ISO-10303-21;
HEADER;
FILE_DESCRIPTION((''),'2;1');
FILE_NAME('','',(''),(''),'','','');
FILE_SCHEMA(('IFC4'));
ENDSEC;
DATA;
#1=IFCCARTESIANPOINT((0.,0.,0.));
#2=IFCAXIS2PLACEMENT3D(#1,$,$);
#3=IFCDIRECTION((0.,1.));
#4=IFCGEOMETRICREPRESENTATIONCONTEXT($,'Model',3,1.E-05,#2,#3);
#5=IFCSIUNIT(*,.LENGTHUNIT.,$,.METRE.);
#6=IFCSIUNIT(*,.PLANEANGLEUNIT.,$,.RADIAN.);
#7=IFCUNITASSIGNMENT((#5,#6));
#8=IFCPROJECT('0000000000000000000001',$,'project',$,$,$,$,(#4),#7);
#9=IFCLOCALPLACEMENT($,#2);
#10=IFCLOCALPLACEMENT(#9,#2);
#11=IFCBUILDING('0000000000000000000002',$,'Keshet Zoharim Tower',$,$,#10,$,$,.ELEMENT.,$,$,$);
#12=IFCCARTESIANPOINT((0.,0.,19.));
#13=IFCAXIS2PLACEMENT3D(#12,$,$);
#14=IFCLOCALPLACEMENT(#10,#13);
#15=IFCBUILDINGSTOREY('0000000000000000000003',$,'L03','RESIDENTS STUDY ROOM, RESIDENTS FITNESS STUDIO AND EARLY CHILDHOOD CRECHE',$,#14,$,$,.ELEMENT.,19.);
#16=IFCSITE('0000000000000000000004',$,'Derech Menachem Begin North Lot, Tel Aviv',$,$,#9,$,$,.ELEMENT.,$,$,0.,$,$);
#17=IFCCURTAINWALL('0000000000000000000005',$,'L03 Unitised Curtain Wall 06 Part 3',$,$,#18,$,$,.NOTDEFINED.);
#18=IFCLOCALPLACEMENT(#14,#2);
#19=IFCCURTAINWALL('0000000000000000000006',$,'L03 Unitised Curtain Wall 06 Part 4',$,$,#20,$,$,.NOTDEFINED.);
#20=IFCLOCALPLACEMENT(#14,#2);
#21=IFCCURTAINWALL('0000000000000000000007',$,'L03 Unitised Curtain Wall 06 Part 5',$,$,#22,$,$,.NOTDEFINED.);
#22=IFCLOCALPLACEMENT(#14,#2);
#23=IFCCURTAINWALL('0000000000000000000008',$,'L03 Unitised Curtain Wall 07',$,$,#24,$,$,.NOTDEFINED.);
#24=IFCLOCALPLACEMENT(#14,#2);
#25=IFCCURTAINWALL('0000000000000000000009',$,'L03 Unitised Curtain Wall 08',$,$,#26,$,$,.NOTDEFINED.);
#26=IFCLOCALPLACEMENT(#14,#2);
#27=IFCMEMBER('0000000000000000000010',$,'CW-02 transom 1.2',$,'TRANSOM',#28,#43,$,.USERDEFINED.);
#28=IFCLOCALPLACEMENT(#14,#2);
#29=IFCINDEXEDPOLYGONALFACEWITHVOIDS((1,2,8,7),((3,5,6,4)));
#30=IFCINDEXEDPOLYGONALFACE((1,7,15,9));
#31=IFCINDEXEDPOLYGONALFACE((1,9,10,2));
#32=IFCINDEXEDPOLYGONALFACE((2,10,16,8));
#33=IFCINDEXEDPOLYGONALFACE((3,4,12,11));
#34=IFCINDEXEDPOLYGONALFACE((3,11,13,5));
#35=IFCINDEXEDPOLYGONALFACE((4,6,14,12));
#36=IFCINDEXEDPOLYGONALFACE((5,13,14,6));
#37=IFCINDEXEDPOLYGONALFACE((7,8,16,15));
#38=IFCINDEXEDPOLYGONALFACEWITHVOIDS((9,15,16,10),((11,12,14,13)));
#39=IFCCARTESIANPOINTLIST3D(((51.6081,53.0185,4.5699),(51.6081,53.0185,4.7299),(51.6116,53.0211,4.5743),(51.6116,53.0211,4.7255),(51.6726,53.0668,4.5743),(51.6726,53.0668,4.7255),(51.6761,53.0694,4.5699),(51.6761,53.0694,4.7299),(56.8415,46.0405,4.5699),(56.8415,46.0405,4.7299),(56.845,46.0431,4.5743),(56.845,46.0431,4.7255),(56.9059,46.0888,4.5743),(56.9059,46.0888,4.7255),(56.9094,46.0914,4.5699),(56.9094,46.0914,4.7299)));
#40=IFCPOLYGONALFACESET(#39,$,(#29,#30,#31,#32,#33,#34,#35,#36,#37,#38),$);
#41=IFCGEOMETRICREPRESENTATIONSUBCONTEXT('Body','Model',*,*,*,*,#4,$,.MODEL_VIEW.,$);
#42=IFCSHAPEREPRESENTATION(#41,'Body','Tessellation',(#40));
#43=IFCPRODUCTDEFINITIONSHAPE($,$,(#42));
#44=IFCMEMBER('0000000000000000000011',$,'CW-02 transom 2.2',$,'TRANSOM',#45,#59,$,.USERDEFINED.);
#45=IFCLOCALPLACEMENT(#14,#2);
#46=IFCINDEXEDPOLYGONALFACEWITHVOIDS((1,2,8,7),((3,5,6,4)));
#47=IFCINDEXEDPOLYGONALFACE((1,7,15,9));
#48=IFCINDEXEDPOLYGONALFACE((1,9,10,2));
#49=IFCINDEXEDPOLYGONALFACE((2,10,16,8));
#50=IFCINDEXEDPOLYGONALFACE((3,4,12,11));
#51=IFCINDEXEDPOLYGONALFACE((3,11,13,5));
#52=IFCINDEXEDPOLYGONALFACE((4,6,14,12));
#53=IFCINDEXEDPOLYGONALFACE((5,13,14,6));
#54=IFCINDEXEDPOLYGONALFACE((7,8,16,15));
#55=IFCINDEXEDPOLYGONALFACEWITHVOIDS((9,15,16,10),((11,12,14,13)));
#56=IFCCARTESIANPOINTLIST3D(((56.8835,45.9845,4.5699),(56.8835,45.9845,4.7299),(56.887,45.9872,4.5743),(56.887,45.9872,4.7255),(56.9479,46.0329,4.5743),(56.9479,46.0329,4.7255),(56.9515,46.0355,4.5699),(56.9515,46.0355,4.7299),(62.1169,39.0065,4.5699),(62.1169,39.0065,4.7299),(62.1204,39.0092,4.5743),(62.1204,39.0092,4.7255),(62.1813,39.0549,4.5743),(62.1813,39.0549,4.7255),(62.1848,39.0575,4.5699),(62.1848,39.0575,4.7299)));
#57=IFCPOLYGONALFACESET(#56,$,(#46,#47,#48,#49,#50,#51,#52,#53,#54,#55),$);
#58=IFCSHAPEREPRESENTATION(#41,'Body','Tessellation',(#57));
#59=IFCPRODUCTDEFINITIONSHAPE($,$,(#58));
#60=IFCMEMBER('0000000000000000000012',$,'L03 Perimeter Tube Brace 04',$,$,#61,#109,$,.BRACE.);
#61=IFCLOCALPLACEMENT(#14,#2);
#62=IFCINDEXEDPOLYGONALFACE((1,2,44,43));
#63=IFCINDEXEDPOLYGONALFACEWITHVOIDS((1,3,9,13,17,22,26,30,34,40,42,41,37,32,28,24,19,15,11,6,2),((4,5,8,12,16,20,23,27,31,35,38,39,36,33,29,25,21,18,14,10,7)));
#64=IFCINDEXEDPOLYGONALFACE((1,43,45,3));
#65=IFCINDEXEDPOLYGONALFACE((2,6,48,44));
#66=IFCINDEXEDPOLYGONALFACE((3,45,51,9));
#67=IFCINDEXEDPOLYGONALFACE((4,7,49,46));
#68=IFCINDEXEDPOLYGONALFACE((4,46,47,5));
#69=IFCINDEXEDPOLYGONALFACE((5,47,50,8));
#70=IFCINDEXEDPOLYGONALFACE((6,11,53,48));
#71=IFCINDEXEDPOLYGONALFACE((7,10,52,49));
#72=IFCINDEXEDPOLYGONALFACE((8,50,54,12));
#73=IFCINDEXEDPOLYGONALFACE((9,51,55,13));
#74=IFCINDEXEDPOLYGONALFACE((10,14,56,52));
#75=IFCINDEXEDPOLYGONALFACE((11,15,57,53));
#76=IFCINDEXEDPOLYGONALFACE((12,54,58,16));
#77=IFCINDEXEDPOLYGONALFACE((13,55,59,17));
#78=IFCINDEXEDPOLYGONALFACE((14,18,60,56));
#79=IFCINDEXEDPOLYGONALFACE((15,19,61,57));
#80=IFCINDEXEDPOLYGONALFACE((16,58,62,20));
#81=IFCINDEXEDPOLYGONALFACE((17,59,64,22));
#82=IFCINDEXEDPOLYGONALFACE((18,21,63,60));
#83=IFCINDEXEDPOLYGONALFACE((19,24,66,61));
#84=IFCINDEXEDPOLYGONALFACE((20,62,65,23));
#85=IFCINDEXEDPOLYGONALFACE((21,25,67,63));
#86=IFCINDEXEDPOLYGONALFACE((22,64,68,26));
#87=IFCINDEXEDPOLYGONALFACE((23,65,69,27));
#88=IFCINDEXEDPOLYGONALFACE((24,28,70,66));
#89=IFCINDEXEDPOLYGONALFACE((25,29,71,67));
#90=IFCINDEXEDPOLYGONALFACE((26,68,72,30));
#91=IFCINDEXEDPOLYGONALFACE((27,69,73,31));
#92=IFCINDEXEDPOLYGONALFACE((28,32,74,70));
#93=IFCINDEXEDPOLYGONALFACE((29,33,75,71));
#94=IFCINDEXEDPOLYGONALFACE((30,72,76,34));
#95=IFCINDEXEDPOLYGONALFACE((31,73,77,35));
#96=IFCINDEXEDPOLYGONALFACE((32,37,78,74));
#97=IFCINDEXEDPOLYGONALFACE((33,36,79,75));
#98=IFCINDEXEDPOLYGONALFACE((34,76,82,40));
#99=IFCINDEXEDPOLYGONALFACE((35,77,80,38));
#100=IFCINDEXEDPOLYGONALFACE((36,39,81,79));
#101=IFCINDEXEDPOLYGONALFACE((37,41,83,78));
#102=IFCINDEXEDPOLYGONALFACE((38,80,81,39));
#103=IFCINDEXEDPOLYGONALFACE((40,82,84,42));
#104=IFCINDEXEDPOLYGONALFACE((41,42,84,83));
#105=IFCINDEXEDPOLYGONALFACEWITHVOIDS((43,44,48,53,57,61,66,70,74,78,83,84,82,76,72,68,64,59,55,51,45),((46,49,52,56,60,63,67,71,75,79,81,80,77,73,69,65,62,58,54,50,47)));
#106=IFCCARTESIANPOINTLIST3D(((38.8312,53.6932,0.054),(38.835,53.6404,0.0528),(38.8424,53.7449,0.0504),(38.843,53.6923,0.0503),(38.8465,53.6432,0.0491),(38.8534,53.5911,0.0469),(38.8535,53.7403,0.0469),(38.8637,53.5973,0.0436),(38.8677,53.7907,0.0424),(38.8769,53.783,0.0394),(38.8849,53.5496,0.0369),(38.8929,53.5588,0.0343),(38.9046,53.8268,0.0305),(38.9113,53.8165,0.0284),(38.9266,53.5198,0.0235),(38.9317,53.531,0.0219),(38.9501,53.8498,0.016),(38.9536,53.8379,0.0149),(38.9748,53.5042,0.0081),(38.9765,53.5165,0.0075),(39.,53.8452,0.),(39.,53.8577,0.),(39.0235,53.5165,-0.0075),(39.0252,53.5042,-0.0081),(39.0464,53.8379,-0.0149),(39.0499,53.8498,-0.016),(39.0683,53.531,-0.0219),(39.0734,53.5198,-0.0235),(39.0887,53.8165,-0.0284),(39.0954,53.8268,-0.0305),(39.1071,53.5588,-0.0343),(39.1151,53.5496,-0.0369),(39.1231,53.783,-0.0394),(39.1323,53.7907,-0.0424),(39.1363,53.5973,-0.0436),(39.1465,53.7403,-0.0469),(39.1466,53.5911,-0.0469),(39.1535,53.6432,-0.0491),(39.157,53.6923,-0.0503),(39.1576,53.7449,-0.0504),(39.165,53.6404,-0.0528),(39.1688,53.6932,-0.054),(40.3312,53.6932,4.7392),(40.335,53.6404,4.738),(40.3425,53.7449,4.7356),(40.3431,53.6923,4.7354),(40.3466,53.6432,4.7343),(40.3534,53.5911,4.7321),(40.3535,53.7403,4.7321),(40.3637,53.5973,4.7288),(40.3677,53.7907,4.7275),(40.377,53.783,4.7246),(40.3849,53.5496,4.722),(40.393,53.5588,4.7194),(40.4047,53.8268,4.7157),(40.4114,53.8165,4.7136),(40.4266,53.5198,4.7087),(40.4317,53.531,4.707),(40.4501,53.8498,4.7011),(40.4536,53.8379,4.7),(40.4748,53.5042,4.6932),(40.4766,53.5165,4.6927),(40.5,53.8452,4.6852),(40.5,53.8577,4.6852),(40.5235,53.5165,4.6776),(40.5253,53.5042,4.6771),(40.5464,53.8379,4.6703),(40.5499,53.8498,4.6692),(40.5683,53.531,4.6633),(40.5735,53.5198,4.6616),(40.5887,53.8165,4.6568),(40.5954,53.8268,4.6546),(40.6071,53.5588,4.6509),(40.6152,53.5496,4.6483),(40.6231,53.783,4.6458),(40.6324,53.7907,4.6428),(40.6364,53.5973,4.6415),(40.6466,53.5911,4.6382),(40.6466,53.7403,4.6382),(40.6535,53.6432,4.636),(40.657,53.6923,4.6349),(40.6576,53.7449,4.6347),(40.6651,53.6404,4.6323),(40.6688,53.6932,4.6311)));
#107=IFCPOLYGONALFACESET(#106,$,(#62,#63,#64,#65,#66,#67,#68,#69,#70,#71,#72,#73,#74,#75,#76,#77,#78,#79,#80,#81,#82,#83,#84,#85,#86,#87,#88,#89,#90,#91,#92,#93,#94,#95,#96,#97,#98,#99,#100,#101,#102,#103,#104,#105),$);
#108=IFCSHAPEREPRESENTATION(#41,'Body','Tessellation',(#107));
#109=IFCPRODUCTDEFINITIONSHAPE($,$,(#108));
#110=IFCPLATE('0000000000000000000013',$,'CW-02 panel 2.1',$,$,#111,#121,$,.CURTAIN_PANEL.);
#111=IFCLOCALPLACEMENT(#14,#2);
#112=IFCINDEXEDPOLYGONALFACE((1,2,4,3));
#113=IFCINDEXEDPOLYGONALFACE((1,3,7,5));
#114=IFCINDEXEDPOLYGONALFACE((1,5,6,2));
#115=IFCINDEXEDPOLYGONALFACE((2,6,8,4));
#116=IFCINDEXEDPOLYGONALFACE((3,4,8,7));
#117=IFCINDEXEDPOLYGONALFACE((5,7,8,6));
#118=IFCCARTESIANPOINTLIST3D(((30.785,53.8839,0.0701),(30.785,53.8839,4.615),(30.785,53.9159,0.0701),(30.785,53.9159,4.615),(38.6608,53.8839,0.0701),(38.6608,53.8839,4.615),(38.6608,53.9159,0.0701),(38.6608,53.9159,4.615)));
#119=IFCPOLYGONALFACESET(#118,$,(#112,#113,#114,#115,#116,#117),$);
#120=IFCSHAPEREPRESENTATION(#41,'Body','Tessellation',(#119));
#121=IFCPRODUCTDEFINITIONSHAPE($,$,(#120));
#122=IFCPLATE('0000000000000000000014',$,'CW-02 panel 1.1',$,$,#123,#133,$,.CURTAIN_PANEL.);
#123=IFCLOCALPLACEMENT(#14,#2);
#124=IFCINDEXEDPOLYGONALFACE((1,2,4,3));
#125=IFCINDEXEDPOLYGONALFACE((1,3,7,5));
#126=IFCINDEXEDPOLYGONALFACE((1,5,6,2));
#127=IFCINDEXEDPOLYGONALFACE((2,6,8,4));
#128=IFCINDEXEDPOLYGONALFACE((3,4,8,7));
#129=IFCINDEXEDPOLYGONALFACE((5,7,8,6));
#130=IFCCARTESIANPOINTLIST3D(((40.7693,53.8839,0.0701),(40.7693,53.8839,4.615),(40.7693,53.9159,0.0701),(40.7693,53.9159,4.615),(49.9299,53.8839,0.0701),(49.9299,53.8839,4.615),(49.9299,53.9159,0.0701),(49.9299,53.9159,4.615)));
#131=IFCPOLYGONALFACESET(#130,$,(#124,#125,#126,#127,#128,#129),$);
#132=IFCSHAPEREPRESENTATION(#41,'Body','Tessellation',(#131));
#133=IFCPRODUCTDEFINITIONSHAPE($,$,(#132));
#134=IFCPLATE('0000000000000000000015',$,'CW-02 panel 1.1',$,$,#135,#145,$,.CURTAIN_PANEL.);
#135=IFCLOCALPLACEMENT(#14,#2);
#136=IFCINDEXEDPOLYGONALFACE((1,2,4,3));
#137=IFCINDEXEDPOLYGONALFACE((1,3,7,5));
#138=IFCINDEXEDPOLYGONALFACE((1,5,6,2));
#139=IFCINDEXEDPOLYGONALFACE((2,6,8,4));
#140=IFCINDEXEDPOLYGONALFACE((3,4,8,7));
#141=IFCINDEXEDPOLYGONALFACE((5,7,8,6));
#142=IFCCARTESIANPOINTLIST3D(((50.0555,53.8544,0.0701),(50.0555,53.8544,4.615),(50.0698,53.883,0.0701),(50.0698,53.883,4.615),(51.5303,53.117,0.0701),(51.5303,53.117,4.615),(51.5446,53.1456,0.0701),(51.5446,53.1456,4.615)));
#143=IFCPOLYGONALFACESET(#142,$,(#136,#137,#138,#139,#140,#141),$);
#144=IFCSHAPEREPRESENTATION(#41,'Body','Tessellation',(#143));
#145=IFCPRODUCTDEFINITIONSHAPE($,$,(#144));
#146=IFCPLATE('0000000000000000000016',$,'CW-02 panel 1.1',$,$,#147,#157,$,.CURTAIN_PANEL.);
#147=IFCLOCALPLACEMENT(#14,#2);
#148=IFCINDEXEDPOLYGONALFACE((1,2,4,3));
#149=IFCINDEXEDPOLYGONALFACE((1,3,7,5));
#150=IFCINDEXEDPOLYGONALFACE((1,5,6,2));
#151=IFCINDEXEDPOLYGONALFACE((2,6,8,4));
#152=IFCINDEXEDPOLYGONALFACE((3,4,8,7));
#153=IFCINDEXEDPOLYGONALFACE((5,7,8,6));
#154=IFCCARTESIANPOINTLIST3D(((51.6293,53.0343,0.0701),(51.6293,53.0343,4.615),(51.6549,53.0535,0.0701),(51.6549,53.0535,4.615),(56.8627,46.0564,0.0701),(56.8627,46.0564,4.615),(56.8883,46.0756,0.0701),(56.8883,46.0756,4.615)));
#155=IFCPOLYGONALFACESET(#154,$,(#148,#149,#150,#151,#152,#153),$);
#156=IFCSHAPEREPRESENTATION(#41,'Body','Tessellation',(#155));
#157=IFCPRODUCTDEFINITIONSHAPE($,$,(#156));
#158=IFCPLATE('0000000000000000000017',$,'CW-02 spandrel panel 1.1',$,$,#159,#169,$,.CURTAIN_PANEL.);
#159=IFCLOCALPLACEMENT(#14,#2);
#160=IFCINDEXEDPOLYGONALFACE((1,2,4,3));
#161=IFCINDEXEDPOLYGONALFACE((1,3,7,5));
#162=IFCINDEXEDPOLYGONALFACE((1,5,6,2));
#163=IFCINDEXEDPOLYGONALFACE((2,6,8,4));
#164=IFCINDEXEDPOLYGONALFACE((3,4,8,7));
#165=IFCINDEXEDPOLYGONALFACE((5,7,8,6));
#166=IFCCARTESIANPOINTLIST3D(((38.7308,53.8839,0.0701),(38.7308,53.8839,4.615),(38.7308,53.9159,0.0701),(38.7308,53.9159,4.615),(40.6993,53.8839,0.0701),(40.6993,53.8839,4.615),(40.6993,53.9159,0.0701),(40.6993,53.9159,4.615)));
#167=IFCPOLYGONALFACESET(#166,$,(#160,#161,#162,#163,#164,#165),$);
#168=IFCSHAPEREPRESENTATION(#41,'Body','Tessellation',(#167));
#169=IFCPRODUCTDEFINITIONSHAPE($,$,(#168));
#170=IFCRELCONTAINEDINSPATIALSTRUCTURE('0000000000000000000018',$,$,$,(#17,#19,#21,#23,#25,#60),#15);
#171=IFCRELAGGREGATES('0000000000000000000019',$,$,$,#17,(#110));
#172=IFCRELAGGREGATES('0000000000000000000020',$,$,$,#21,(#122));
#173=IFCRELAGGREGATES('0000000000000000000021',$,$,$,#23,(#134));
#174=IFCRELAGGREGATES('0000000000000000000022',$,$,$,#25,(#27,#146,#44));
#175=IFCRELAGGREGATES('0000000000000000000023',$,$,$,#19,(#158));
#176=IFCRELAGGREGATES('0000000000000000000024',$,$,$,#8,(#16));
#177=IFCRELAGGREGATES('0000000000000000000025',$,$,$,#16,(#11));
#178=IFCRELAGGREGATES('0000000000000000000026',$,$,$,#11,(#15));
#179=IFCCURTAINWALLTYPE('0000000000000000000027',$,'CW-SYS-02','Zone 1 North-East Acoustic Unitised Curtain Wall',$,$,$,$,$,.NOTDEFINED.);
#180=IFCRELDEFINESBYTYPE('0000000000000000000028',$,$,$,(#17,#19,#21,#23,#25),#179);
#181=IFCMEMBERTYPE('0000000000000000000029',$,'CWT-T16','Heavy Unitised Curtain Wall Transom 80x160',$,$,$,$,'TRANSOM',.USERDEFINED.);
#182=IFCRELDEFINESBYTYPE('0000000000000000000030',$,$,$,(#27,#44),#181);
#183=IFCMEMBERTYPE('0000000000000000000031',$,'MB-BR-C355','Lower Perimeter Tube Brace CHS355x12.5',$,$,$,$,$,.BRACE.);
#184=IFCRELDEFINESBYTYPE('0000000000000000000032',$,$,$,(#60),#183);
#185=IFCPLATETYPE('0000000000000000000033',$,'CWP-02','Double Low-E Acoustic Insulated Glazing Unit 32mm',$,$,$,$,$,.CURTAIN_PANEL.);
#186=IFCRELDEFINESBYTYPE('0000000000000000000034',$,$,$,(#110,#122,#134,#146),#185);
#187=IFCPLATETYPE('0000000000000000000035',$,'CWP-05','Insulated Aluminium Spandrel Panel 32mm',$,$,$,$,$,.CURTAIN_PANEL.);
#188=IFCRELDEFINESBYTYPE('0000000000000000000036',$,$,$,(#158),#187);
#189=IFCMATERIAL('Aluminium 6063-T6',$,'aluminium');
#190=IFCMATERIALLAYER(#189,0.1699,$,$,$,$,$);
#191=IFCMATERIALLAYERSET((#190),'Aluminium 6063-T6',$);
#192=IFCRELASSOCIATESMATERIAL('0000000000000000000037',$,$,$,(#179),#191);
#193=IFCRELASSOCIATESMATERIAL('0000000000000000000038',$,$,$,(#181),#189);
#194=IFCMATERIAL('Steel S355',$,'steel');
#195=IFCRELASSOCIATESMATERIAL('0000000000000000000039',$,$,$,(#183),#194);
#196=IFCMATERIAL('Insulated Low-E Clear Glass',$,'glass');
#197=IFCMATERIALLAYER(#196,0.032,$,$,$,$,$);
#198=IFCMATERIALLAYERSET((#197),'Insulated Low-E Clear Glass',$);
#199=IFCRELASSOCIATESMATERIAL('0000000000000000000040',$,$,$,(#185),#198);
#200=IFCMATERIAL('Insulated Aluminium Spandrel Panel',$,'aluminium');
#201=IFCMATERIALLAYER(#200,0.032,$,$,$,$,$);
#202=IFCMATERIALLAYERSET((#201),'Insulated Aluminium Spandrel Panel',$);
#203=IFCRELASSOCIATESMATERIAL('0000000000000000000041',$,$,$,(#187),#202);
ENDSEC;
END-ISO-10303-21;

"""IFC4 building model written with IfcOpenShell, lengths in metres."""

from ifc_helpers import new_model, si_unit, direction, frame, origin, origin_2d, place, context, subcontext, project, spatial, rectangle, hollow_rectangle, hollow_circle, extrude, material, layer, layer_set, material_profile, profile_set, type_object, element, aggregate, save


model = new_model("IFC4")

# Units and contexts
model_context = context("Model", 3, precision=1e-05, world=origin(), true_north=direction((0.0, 1.0)))
body_context = subcontext(model_context, "Body", "Model", "MODEL_VIEW")
ifc_project = project(units=[si_unit("LENGTHUNIT", "METRE"), si_unit("PLANEANGLEUNIT", "RADIAN")], contexts=[model_context])

# Site, building, storey
site_placement = place(None, origin())
site = spatial("IfcSite", under=ifc_project, at=site_placement, Name="Derech Menachem Begin North Lot, Tel Aviv", CompositionType="ELEMENT", RefElevation=0.0)
building_placement = place(site_placement, origin())
building = spatial("IfcBuilding", under=site, at=building_placement, Name="Keshet Zoharim Tower", CompositionType="ELEMENT")
storey_placement = place(building_placement, frame((0.0, 0.0, 19.0)))
storey = spatial("IfcBuildingStorey", under=building, at=storey_placement, Name="L03", Description="RESIDENTS STUDY ROOM, RESIDENTS FITNESS STUDIO AND EARLY CHILDHOOD CRECHE", CompositionType="ELEMENT", Elevation=19.0)

# Shared definitions
ifc_material_1 = material(Name="Steel S355", Category="steel")

# Curtain walls
ifc_material_2 = material(Name="Aluminium 6063-T6", Category="aluminium")
ifc_layer_1 = layer(ifc_material_2, 0.1699)
ifc_layer_set_1 = layer_set([ifc_layer_1], Name="Aluminium 6063-T6")
curtain_wall_type = type_object("IfcCurtainWallType", Name="CW-SYS-02", Description="Zone 1 North-East Acoustic Unitised Curtain Wall", PredefinedType="NOTDEFINED", material=ifc_layer_set_1)
curtain_wall_1_placement = place(storey_placement, origin())
curtain_wall_1 = element("IfcCurtainWall", 1, at=curtain_wall_1_placement, inside=storey, type_object=curtain_wall_type, Name="L03 Unitised Curtain Wall 06 Part 3", PredefinedType="NOTDEFINED")
curtain_wall_2_placement = place(storey_placement, origin())
curtain_wall_2 = element("IfcCurtainWall", 2, at=curtain_wall_2_placement, inside=storey, type_object=curtain_wall_type, Name="L03 Unitised Curtain Wall 06 Part 4", PredefinedType="NOTDEFINED")
curtain_wall_3_placement = place(storey_placement, origin())
curtain_wall_3 = element("IfcCurtainWall", 3, at=curtain_wall_3_placement, inside=storey, type_object=curtain_wall_type, Name="L03 Unitised Curtain Wall 06 Part 5", PredefinedType="NOTDEFINED")

# Curtain walls
curtain_wall_4_placement = place(storey_placement, origin())
curtain_wall_4 = element("IfcCurtainWall", 4, at=curtain_wall_4_placement, inside=storey, type_object=curtain_wall_type, Name="L03 Unitised Curtain Wall 07", PredefinedType="NOTDEFINED")
curtain_wall_5_placement = place(storey_placement, origin())
curtain_wall_5 = element("IfcCurtainWall", 5, at=curtain_wall_5_placement, inside=storey, type_object=curtain_wall_type, Name="L03 Unitised Curtain Wall 08", PredefinedType="NOTDEFINED")

# Members
ifc_material_profile_1 = material_profile(ifc_material_2, hollow_rectangle(XDim=0.085, YDim=0.1599, WallThickness=0.0044, at=origin_2d()), Name="TRN-85x160")
ifc_profile_set_1 = profile_set([ifc_material_profile_1], Name="Aluminium 6063-T6")
member_type_1 = type_object("IfcMemberType", Name="CWT-T16", Description="Heavy Unitised Curtain Wall Transom 80x160", ElementType="TRANSOM", PredefinedType="USERDEFINED", material=ifc_profile_set_1)
member_1_placement = place(storey_placement, frame((51.6421, 53.0439, 4.6499), z_axis=(0.599991, -0.800007, 0.0), x_axis=(0.800007, 0.599991, 0.0)))
member_1 = element("IfcMember", 6, at=member_1_placement, type_object=member_type_1, Name="CW-02 transom 1.2", ObjectType="TRANSOM", PredefinedType="USERDEFINED", context=body_context, shape_type="SweptSolid", body=[
    extrude(hollow_rectangle(XDim=0.085, YDim=0.1599, WallThickness=0.0044, at=origin_2d()), origin(), (0.0, 0.0, 1.0), 8.7224),
])
member_2_placement = place(storey_placement, frame((56.9175, 46.01, 4.6499), z_axis=(0.599991, -0.800007, 0.0), x_axis=(0.800007, 0.599991, 0.0)))
member_2 = element("IfcMember", 7, at=member_2_placement, type_object=member_type_1, Name="CW-02 transom 2.2", ObjectType="TRANSOM", PredefinedType="USERDEFINED", context=body_context, shape_type="SweptSolid", body=[
    extrude(hollow_rectangle(XDim=0.085, YDim=0.1599, WallThickness=0.0044, at=origin_2d()), origin(), (0.0, 0.0, 1.0), 8.7224),
])
ifc_material_profile_2 = material_profile(ifc_material_1, hollow_circle(Radius=0.1777, WallThickness=0.0125, at=origin_2d()), Name="CHS355x12.5")
ifc_profile_set_2 = profile_set([ifc_material_profile_2], Name="Steel S355")
member_type_2 = type_object("IfcMemberType", Name="MB-BR-C355", Description="Lower Perimeter Tube Brace CHS355x12.5", PredefinedType="BRACE", material=ifc_profile_set_2)
member_3_placement = place(storey_placement, frame((39.0, 53.6799, 0.0), z_axis=(0.30492, 0.0, 0.952378), x_axis=(0.0, 1.0, 0.0)))
element("IfcMember", 8, at=member_3_placement, inside=storey, type_object=member_type_2, Name="L03 Perimeter Tube Brace 04", PredefinedType="BRACE", context=body_context, shape_type="SweptSolid", body=[
    extrude(hollow_circle(Radius=0.1777, WallThickness=0.0125, at=origin_2d()), origin(), (0.0, 0.0, 1.0), 4.9194),
])

# Plates
ifc_material_3 = material(Name="Insulated Low-E Clear Glass", Category="glass")
ifc_layer_2 = layer(ifc_material_3, 0.032)
ifc_layer_set_2 = layer_set([ifc_layer_2], Name="Insulated Low-E Clear Glass")
plate_type_1 = type_object("IfcPlateType", Name="CWP-02", Description="Double Low-E Acoustic Insulated Glazing Unit 32mm", PredefinedType="CURTAIN_PANEL", material=ifc_layer_set_2)
plate_1_placement = place(storey_placement, frame((34.7229, 53.8999, 0.0701), z_axis=(0.0, 0.0, 1.0), x_axis=(1.0, 0.0, 0.0)))
plate_1 = element("IfcPlate", 9, at=plate_1_placement, type_object=plate_type_1, Name="CW-02 panel 2.1", PredefinedType="CURTAIN_PANEL", context=body_context, shape_type="SweptSolid", body=[
    extrude(rectangle(XDim=7.8757, YDim=0.032, at=origin_2d()), origin(), (0.0, 0.0, 1.0), 4.5449),
])
aggregate(curtain_wall_1, [plate_1])
plate_2_placement = place(storey_placement, frame((45.3496, 53.8999, 0.0701), z_axis=(0.0, 0.0, 1.0), x_axis=(1.0, 0.0, 0.0)))
plate_2 = element("IfcPlate", 10, at=plate_2_placement, type_object=plate_type_1, Name="CW-02 panel 1.1", PredefinedType="CURTAIN_PANEL", context=body_context, shape_type="SweptSolid", body=[
    extrude(rectangle(XDim=9.1606, YDim=0.032, at=origin_2d()), origin(), (0.0, 0.0, 1.0), 4.5449),
])
aggregate(curtain_wall_3, [plate_2])
plate_3_placement = place(storey_placement, frame((50.8, 53.5, 0.0701), z_axis=(0.0, 0.0, 1.0), x_axis=(0.894427, -0.447214, 0.0)))
plate_3 = element("IfcPlate", 11, at=plate_3_placement, type_object=plate_type_1, Name="CW-02 panel 1.1", PredefinedType="CURTAIN_PANEL", context=body_context, shape_type="SweptSolid", body=[
    extrude(rectangle(XDim=1.6489, YDim=0.032, at=origin_2d()), origin(), (0.0, 0.0, 1.0), 4.5449),
])
aggregate(curtain_wall_4, [plate_3])
plate_4_placement = place(storey_placement, frame((54.2588, 49.5549, 0.0701), z_axis=(0.0, 0.0, 1.0), x_axis=(0.6, -0.8, 0.0)))
plate_4 = element("IfcPlate", 12, at=plate_4_placement, type_object=plate_type_1, Name="CW-02 panel 1.1", PredefinedType="CURTAIN_PANEL", context=body_context, shape_type="SweptSolid", body=[
    extrude(rectangle(XDim=8.7224, YDim=0.032, at=origin_2d()), origin(), (0.0, 0.0, 1.0), 4.5449),
])
aggregate(curtain_wall_5, [member_1, plate_4, member_2])
ifc_material_4 = material(Name="Insulated Aluminium Spandrel Panel", Category="aluminium")
ifc_layer_3 = layer(ifc_material_4, 0.032)
ifc_layer_set_3 = layer_set([ifc_layer_3], Name="Insulated Aluminium Spandrel Panel")
plate_type_2 = type_object("IfcPlateType", Name="CWP-05", Description="Insulated Aluminium Spandrel Panel 32mm", PredefinedType="CURTAIN_PANEL", material=ifc_layer_set_3)
plate_5_placement = place(storey_placement, frame((39.7151, 53.8999, 0.0701), z_axis=(0.0, 0.0, 1.0), x_axis=(1.0, 0.0, 0.0)))
plate_5 = element("IfcPlate", 13, at=plate_5_placement, type_object=plate_type_2, Name="CW-02 spandrel panel 1.1", PredefinedType="CURTAIN_PANEL", context=body_context, shape_type="SweptSolid", body=[
    extrude(rectangle(XDim=1.9685, YDim=0.032, at=origin_2d()), origin(), (0.0, 0.0, 1.0), 4.5449),
])
aggregate(curtain_wall_2, [plate_5])

save(model, "model.ifc")
